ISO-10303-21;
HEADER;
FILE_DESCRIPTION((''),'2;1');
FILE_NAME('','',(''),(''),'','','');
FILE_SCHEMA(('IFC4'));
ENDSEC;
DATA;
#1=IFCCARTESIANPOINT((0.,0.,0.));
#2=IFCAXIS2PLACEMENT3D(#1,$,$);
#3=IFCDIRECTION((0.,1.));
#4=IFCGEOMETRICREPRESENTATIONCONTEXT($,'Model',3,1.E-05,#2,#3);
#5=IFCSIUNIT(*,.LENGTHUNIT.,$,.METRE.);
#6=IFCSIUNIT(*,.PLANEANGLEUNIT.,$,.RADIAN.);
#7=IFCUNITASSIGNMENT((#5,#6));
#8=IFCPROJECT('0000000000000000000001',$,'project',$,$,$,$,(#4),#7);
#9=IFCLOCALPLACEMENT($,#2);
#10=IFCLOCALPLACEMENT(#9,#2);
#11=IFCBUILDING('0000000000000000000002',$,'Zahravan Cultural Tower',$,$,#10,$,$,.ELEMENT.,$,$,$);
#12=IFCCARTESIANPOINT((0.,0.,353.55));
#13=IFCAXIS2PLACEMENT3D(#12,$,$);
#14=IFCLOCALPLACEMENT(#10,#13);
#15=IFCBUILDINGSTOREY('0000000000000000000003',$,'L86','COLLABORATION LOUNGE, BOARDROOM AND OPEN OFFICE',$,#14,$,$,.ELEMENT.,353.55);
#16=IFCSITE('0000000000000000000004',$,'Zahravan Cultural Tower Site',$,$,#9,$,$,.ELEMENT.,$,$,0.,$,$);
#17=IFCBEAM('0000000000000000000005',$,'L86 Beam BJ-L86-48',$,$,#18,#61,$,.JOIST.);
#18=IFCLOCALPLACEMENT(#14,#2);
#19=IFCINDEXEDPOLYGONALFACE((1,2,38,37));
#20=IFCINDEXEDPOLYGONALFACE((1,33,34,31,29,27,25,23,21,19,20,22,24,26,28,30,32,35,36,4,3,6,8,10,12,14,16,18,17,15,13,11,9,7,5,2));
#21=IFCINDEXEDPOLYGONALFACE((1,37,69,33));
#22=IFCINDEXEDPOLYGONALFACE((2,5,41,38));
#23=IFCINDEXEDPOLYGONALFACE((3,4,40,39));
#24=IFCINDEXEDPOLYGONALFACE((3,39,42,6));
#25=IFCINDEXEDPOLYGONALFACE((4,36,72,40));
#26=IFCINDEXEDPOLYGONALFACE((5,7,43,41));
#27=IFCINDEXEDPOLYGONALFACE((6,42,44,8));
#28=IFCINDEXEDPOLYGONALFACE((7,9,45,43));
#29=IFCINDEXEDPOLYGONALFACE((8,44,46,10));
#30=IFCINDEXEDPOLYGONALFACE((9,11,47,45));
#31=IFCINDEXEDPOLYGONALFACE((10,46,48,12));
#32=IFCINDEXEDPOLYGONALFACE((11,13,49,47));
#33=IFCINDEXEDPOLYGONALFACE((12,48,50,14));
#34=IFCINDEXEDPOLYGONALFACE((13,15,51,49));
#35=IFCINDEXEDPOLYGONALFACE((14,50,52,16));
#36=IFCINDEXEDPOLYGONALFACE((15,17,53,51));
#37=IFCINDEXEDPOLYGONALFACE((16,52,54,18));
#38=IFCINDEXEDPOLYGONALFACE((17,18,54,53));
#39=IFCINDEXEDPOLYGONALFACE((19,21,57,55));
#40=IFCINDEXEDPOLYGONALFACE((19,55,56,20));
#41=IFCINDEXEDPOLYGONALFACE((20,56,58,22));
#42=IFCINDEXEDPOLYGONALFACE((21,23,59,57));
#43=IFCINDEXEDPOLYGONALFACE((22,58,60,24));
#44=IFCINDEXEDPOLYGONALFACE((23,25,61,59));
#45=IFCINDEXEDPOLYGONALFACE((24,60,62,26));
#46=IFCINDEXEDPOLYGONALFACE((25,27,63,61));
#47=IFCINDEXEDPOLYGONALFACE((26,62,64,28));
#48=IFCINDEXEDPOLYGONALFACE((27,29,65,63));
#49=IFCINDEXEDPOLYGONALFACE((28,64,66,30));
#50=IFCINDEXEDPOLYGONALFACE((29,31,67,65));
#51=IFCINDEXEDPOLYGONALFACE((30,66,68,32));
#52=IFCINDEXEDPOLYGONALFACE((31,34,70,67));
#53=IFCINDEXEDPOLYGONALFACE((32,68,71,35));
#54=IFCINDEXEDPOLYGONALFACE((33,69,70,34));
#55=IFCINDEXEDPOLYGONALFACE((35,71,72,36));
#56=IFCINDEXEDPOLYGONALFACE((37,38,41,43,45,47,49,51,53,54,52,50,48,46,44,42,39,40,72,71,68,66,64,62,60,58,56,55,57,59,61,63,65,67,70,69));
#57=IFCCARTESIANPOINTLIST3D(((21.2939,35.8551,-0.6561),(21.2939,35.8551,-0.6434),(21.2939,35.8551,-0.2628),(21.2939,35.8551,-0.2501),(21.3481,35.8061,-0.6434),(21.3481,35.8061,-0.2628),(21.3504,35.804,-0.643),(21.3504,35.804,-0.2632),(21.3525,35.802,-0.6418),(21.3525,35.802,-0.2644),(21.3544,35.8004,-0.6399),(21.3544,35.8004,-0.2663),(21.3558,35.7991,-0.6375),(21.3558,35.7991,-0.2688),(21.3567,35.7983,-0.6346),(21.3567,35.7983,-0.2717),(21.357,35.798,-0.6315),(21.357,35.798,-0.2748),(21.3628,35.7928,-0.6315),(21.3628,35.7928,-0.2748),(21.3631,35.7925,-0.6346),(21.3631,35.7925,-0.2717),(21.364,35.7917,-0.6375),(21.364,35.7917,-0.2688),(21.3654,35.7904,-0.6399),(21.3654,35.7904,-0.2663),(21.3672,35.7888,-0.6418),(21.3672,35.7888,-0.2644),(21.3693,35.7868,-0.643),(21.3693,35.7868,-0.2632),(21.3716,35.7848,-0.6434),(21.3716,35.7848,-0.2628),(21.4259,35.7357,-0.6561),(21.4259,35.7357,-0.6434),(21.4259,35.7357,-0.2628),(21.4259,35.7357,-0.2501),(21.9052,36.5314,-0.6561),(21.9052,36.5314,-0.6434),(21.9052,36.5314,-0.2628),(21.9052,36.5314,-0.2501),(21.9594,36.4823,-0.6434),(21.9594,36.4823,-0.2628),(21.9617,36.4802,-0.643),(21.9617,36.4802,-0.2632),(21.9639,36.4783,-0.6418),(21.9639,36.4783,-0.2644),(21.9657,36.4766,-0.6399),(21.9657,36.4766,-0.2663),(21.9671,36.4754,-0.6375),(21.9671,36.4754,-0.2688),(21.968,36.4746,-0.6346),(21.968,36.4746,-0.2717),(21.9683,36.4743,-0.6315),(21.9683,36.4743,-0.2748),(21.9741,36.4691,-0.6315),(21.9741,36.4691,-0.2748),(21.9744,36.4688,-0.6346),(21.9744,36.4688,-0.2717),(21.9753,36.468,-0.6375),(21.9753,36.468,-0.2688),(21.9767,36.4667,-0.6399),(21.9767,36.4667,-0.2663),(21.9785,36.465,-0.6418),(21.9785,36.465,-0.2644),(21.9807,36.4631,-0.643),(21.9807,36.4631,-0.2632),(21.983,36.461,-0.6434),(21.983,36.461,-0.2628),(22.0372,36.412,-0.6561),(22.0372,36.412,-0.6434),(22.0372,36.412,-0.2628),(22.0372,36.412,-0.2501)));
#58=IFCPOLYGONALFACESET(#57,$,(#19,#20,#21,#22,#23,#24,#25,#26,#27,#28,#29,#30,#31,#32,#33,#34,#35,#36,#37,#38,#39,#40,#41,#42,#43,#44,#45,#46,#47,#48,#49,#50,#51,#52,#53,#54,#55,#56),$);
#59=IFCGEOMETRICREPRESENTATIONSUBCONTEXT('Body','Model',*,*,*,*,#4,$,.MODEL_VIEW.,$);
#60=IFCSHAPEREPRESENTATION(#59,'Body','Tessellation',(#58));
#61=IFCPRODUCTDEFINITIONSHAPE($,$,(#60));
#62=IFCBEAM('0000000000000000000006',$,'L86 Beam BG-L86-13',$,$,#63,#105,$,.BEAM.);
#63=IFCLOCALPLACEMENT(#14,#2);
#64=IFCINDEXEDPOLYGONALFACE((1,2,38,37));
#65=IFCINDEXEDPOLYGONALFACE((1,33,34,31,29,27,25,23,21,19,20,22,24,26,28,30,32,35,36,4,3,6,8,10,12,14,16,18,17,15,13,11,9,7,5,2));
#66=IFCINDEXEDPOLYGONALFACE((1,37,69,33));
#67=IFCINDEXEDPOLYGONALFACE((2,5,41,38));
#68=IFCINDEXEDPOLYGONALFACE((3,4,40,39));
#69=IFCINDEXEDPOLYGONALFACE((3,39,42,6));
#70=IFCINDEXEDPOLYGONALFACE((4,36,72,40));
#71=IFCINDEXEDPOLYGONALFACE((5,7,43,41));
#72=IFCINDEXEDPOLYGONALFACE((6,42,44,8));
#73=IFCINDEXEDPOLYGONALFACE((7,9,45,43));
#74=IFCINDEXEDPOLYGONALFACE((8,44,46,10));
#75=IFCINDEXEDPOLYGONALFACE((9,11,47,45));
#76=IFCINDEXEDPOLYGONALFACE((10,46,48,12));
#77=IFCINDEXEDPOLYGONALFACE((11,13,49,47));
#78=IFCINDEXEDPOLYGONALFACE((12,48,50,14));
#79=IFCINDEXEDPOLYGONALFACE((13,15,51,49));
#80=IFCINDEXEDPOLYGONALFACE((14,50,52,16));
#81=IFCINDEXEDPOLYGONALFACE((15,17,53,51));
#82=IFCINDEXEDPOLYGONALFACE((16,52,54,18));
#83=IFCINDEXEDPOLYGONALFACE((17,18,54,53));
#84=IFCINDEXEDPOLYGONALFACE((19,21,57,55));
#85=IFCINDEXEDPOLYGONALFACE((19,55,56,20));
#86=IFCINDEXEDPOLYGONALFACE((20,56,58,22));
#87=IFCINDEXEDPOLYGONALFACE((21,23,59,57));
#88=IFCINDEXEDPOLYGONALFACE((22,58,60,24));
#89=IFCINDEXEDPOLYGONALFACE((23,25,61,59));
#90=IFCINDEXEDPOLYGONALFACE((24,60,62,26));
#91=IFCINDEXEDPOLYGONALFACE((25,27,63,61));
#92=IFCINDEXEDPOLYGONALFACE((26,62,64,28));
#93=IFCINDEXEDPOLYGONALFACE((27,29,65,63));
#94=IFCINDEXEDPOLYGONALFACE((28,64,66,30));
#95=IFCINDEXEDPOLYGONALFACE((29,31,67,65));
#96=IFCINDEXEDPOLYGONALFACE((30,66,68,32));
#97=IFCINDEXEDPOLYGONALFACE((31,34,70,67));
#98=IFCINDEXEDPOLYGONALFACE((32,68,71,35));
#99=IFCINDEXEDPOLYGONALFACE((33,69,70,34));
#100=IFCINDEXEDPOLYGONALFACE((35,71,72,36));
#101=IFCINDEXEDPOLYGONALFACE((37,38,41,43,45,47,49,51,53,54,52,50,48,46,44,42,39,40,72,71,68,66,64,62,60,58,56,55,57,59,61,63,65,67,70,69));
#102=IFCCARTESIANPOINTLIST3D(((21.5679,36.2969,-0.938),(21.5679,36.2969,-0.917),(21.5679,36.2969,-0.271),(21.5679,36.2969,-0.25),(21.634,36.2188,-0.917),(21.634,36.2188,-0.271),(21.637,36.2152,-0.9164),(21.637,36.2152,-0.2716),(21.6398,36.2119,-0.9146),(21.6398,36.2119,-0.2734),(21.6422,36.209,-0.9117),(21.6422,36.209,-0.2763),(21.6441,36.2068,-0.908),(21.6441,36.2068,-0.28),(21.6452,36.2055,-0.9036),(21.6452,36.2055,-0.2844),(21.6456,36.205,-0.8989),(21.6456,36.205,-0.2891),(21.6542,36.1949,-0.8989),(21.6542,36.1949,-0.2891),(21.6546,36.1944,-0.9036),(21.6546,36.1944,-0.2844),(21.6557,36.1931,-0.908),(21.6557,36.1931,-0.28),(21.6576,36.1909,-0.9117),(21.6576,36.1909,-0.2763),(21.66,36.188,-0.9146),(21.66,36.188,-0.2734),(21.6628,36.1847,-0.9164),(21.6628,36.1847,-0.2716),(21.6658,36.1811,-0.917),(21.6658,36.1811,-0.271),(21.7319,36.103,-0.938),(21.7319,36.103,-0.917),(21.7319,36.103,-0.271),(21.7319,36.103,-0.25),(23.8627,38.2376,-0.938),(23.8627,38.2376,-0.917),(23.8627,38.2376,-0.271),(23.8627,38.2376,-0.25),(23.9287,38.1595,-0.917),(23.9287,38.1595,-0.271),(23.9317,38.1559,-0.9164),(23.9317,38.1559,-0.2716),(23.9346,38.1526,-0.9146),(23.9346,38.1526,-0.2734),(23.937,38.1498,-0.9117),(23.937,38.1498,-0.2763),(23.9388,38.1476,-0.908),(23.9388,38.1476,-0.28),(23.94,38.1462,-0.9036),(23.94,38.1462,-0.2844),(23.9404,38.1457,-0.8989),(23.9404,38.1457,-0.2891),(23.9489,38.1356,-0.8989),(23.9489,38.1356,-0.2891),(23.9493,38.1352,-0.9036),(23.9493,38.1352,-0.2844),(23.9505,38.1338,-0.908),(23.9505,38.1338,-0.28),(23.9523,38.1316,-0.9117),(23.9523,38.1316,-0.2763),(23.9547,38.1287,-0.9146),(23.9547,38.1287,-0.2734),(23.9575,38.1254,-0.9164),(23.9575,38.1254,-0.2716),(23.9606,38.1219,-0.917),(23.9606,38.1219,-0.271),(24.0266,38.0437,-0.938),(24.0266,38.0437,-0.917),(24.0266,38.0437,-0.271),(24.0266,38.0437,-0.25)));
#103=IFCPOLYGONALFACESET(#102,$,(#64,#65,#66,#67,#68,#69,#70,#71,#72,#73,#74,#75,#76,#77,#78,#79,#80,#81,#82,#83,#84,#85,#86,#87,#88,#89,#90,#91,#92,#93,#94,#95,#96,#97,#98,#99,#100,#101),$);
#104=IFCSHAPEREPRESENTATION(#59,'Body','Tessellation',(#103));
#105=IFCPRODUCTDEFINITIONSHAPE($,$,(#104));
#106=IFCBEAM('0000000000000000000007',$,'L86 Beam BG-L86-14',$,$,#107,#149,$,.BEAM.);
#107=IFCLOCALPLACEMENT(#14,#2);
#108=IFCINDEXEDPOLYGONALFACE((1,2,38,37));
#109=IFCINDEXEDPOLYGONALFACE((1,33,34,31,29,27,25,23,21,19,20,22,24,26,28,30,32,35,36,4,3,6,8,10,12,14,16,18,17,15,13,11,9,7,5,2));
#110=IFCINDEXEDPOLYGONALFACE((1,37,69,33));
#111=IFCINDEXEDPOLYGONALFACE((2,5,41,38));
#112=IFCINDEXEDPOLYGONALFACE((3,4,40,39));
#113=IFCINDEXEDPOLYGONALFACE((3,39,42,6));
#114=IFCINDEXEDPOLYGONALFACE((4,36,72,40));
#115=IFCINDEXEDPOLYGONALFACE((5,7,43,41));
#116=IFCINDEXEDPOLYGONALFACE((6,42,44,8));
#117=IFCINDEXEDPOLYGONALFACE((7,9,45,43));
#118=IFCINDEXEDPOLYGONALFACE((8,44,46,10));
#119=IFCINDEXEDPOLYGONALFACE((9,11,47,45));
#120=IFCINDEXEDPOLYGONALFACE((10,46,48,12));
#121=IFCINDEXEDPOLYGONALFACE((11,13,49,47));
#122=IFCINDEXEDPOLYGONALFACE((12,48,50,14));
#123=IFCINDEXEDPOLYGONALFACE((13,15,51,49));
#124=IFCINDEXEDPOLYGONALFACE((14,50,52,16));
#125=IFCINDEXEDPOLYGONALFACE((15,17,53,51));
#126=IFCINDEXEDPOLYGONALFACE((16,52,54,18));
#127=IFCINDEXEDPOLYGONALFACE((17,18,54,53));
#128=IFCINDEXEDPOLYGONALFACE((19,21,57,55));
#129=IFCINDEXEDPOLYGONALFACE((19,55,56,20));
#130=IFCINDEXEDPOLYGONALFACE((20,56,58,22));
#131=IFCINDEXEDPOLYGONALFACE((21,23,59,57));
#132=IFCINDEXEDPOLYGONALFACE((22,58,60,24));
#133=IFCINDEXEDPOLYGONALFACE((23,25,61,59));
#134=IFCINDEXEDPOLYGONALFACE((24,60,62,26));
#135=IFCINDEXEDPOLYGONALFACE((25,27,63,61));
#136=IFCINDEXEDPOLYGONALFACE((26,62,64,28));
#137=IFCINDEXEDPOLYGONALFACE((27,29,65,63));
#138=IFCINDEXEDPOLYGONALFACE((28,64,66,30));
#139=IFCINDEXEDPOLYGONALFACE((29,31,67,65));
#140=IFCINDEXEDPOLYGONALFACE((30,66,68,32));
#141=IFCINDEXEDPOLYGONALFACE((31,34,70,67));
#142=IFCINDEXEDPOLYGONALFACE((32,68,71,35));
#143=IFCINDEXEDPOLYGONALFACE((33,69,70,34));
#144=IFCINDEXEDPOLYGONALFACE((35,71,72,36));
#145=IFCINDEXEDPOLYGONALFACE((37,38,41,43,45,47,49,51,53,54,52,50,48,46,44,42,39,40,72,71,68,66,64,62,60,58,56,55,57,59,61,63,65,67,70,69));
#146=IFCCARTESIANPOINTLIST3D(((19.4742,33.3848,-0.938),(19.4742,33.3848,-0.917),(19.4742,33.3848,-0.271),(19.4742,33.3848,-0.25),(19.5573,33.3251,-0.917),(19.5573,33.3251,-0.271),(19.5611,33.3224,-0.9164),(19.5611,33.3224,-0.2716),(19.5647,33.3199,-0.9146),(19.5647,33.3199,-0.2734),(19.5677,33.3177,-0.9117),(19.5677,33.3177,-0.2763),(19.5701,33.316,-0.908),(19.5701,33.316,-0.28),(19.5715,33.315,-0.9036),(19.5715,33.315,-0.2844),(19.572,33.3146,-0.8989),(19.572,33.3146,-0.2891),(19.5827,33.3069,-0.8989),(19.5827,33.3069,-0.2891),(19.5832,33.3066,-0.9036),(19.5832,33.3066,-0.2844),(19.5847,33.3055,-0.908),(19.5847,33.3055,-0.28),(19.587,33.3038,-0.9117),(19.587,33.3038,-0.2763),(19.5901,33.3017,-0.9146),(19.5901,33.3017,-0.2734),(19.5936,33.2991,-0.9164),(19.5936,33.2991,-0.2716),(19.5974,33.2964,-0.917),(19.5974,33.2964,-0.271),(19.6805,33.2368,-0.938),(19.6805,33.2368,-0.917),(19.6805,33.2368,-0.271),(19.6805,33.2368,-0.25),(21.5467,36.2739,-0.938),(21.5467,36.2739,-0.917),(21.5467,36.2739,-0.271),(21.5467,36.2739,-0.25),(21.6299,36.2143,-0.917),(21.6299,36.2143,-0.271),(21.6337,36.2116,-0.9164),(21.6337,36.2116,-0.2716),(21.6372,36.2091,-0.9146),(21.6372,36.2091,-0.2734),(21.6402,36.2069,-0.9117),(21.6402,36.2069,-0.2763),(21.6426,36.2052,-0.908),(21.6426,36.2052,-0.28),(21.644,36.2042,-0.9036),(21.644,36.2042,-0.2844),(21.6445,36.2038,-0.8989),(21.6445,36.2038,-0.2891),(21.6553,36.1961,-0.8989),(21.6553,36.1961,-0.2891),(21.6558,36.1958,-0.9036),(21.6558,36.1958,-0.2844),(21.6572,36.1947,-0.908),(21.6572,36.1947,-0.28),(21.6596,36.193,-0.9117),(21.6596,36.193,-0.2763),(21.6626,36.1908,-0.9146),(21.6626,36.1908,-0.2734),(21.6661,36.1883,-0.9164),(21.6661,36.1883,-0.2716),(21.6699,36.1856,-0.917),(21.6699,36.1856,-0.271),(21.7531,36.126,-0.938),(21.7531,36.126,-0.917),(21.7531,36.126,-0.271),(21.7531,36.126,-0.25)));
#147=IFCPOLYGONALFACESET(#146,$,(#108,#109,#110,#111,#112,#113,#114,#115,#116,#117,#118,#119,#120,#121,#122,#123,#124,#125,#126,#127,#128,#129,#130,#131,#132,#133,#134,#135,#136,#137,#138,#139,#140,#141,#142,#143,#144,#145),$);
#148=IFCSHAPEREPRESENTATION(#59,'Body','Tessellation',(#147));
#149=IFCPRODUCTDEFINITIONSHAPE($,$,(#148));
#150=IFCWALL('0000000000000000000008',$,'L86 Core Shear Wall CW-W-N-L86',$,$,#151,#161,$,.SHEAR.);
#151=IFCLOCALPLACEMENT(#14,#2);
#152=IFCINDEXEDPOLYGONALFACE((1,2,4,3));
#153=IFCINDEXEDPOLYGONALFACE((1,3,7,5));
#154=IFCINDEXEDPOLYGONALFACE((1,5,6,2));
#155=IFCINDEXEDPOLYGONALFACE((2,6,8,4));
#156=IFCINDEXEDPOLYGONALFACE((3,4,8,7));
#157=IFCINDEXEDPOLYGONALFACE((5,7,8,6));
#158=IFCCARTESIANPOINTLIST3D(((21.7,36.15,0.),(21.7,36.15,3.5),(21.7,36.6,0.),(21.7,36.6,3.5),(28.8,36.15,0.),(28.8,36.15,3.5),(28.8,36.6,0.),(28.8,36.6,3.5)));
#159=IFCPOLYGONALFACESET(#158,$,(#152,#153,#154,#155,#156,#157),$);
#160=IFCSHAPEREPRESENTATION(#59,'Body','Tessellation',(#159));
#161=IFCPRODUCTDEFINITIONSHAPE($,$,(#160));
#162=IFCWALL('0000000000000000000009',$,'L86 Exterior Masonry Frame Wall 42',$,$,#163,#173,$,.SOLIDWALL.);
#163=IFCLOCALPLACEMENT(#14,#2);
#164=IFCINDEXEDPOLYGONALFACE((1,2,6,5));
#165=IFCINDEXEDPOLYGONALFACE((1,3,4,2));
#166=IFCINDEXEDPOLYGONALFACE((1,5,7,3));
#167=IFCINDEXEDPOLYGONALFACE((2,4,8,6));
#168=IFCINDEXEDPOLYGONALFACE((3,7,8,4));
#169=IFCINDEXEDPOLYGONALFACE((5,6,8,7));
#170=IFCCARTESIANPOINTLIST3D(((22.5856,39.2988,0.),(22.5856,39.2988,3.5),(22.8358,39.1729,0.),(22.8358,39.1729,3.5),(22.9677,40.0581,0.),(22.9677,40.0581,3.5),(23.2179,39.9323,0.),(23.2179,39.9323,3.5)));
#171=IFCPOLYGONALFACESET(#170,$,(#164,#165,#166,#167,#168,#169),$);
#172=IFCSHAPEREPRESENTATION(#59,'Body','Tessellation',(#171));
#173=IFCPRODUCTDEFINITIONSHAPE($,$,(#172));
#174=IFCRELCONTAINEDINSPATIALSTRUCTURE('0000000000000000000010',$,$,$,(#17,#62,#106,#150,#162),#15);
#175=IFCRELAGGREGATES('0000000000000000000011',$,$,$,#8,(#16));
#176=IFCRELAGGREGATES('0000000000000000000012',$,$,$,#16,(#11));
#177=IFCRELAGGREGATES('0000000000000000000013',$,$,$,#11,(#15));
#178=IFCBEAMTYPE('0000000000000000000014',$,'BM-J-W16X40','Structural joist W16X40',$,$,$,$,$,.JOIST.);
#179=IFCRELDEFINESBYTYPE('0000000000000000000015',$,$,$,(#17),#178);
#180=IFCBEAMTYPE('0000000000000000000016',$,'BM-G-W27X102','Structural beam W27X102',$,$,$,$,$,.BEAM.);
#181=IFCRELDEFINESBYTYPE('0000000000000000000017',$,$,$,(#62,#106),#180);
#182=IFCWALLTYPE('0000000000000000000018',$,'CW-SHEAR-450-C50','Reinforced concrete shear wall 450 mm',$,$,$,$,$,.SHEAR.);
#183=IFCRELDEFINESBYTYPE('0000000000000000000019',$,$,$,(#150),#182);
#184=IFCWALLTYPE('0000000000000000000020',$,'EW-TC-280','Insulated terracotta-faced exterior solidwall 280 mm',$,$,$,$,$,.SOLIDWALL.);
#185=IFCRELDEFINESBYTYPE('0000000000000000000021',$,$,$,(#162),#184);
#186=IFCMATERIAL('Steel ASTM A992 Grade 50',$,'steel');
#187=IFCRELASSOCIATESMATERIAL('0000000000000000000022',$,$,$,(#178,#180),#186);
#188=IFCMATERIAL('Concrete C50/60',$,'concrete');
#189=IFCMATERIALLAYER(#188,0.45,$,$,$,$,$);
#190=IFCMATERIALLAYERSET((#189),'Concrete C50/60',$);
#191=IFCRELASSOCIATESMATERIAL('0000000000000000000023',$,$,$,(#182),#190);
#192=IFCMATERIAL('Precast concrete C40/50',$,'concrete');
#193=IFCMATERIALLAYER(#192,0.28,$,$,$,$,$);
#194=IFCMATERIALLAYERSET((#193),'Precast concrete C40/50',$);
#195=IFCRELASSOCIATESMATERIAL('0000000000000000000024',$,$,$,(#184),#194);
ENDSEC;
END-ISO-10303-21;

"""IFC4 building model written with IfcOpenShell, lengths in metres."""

from ifc_helpers import new_model, si_unit, direction, frame, frame_2d, origin, origin_2d, place, context, subcontext, project, spatial, rectangle, i_section, extrude, source, transform, mapped, material, layer, layer_set, material_profile, profile_set, type_object, element, save


model = new_model("IFC4")

# Units and contexts
model_context = context("Model", 3, precision=1e-05, world=origin(), true_north=direction((0.0, 1.0)))
body_context = subcontext(model_context, "Body", "Model", "MODEL_VIEW")
ifc_project = project(units=[si_unit("LENGTHUNIT", "METRE"), si_unit("PLANEANGLEUNIT", "RADIAN")], contexts=[model_context])

# Site, building, storey
site_placement = place(None, origin())
site = spatial("IfcSite", under=ifc_project, at=site_placement, Name="Zahravan Cultural Tower Site", CompositionType="ELEMENT", RefElevation=0.0)
building_placement = place(site_placement, origin())
building = spatial("IfcBuilding", under=site, at=building_placement, Name="Zahravan Cultural Tower", CompositionType="ELEMENT")
storey_placement = place(building_placement, frame((0.0, 0.0, 353.55)))
storey = spatial("IfcBuildingStorey", under=building, at=storey_placement, Name="L86", Description="COLLABORATION LOUNGE, BOARDROOM AND OPEN OFFICE", CompositionType="ELEMENT", Elevation=353.55)

# Shared definitions
ifc_material_1 = material(Name="Concrete C50/60", Category="concrete")
ifc_material_2 = material(Name="Steel ASTM A992 Grade 50", Category="steel")

# Beams
ifc_material_profile_1 = material_profile(ifc_material_2, i_section(OverallWidth=0.178, OverallDepth=0.406, WebThickness=0.0078, FlangeThickness=0.0127, FilletRadius=0.012, at=origin_2d()), Name="W16X40")
ifc_profile_set_1 = profile_set([ifc_material_profile_1], Name="Steel ASTM A992 Grade 50")
beam_type_1 = type_object("IfcBeamType", Name="BM-J-W16X40", Description="Structural joist W16X40", PredefinedType="JOIST", material=ifc_profile_set_1)
shared_shape_1 = source(origin(), body_context, "Body", "SweptSolid", [
    extrude(i_section(OverallWidth=0.178, OverallDepth=0.406, WebThickness=0.0078, FlangeThickness=0.0127, FilletRadius=0.012, at=origin_2d()), origin(), (0.0, 0.0, 1.0), 0.9116),
])
beam_1_placement = place(storey_placement, frame((21.9712, 36.4717, -0.4531), z_axis=(-0.670591, -0.741828, 0.0), x_axis=(0.741828, -0.670591, 0.0)))
element("IfcBeam", 1, at=beam_1_placement, inside=storey, type_object=beam_type_1, Name="L86 Beam BJ-L86-48", PredefinedType="JOIST", context=body_context, shape_type="MappedRepresentation", body=[
    mapped(shared_shape_1, transform((0.0, 0.0, 0.0), x_axis=(1.0, 0.0, 0.0), y_axis=(0.0, 1.0, 0.0), z_axis=(0.0, 0.0, 1.0), scale=1.0)),
])
ifc_material_profile_2 = material_profile(ifc_material_2, i_section(OverallWidth=0.2539, OverallDepth=0.688, WebThickness=0.0132, FlangeThickness=0.021, FilletRadius=0.0181, at=origin_2d()), Name="W27X102")
ifc_profile_set_2 = profile_set([ifc_material_profile_2], Name="Steel ASTM A992 Grade 50")
beam_type_2 = type_object("IfcBeamType", Name="BM-G-W27X102", Description="Structural beam W27X102", PredefinedType="BEAM", material=ifc_profile_set_2)
shared_shape_2 = source(origin(), body_context, "Body", "SweptSolid", [
    extrude(i_section(OverallWidth=0.2539, OverallDepth=0.688, WebThickness=0.0132, FlangeThickness=0.021, FilletRadius=0.0181, at=origin_2d()), origin(), (0.0, 0.0, 1.0), 3.0054),
])
beam_2_placement = place(storey_placement, frame((21.6499, 36.2, -0.594), z_axis=(0.763546, 0.645753, 0.0), x_axis=(-0.645753, 0.763546, 0.0)))
element("IfcBeam", 2, at=beam_2_placement, inside=storey, type_object=beam_type_2, Name="L86 Beam BG-L86-13", PredefinedType="BEAM", context=body_context, shape_type="MappedRepresentation", body=[
    mapped(shared_shape_2, transform((0.0, 0.0, 0.0), x_axis=(1.0, 0.0, 0.0), y_axis=(0.0, 1.0, 0.0), z_axis=(0.0, 0.0, 1.0), scale=1.0)),
])
shared_shape_3 = source(origin(), body_context, "Body", "SweptSolid", [
    extrude(i_section(OverallWidth=0.2539, OverallDepth=0.688, WebThickness=0.0132, FlangeThickness=0.021, FilletRadius=0.0181, at=origin_2d()), origin(), (0.0, 0.0, 1.0), 3.5557),
])
beam_3_placement = place(storey_placement, frame((21.6499, 36.2, -0.594), z_axis=(-0.58288, -0.812558, 0.0), x_axis=(0.812558, -0.58288, 0.0)))
element("IfcBeam", 3, at=beam_3_placement, inside=storey, type_object=beam_type_2, Name="L86 Beam BG-L86-14", PredefinedType="BEAM", context=body_context, shape_type="MappedRepresentation", body=[
    mapped(shared_shape_3, transform((0.0, 0.0, 0.0), x_axis=(1.0, 0.0, 0.0), y_axis=(0.0, 1.0, 0.0), z_axis=(0.0, 0.0, 1.0), scale=1.0)),
])

# Walls
ifc_layer_1 = layer(ifc_material_1, 0.45)
ifc_layer_set_1 = layer_set([ifc_layer_1], Name="Concrete C50/60")
wall_type_1 = type_object("IfcWallType", Name="CW-SHEAR-450-C50", Description="Reinforced concrete shear wall 450 mm", PredefinedType="SHEAR", material=ifc_layer_set_1)
shared_shape_4 = source(origin(), body_context, "Body", "SweptSolid", [
    extrude(rectangle(XDim=7.1001, YDim=0.45, at=frame_2d((3.55, 0.0))), origin(), (0.0, 0.0, 1.0), 3.5),
])
wall_1_placement = place(storey_placement, frame((21.7, 36.375, 0.0), z_axis=(0.0, 0.0, 1.0), x_axis=(1.0, 0.0, 0.0)))
element("IfcWall", 4, at=wall_1_placement, inside=storey, type_object=wall_type_1, Name="L86 Core Shear Wall CW-W-N-L86", PredefinedType="SHEAR", context=body_context, shape_type="MappedRepresentation", body=[
    mapped(shared_shape_4, transform((0.0, 0.0, 0.0), x_axis=(1.0, 0.0, 0.0), y_axis=(0.0, 1.0, 0.0), z_axis=(0.0, 0.0, 1.0), scale=1.0)),
])
ifc_material_3 = material(Name="Precast concrete C40/50", Category="concrete")
ifc_layer_2 = layer(ifc_material_3, 0.28)
ifc_layer_set_2 = layer_set([ifc_layer_2], Name="Precast concrete C40/50")
wall_type_2 = type_object("IfcWallType", Name="EW-TC-280", Description="Insulated terracotta-faced exterior solidwall 280 mm", PredefinedType="SOLIDWALL", material=ifc_layer_set_2)
shared_shape_5 = source(origin(), body_context, "Body", "SweptSolid", [
    extrude(rectangle(XDim=0.8501, YDim=0.28, at=frame_2d((0.425, 0.0))), origin(), (0.0, 0.0, 1.0), 3.5),
])
wall_2_placement = place(storey_placement, frame((22.7107, 39.2358, 0.0), z_axis=(0.0, 0.0, 1.0), x_axis=(0.44951, 0.893275, 0.0)))
element("IfcWall", 5, at=wall_2_placement, inside=storey, type_object=wall_type_2, Name="L86 Exterior Masonry Frame Wall 42", PredefinedType="SOLIDWALL", context=body_context, shape_type="MappedRepresentation", body=[
    mapped(shared_shape_5, transform((0.0, 0.0, 0.0), x_axis=(1.0, 0.0, 0.0), y_axis=(0.0, 1.0, 0.0), z_axis=(0.0, 0.0, 1.0), scale=1.0)),
])

save(model, "model.ifc")
